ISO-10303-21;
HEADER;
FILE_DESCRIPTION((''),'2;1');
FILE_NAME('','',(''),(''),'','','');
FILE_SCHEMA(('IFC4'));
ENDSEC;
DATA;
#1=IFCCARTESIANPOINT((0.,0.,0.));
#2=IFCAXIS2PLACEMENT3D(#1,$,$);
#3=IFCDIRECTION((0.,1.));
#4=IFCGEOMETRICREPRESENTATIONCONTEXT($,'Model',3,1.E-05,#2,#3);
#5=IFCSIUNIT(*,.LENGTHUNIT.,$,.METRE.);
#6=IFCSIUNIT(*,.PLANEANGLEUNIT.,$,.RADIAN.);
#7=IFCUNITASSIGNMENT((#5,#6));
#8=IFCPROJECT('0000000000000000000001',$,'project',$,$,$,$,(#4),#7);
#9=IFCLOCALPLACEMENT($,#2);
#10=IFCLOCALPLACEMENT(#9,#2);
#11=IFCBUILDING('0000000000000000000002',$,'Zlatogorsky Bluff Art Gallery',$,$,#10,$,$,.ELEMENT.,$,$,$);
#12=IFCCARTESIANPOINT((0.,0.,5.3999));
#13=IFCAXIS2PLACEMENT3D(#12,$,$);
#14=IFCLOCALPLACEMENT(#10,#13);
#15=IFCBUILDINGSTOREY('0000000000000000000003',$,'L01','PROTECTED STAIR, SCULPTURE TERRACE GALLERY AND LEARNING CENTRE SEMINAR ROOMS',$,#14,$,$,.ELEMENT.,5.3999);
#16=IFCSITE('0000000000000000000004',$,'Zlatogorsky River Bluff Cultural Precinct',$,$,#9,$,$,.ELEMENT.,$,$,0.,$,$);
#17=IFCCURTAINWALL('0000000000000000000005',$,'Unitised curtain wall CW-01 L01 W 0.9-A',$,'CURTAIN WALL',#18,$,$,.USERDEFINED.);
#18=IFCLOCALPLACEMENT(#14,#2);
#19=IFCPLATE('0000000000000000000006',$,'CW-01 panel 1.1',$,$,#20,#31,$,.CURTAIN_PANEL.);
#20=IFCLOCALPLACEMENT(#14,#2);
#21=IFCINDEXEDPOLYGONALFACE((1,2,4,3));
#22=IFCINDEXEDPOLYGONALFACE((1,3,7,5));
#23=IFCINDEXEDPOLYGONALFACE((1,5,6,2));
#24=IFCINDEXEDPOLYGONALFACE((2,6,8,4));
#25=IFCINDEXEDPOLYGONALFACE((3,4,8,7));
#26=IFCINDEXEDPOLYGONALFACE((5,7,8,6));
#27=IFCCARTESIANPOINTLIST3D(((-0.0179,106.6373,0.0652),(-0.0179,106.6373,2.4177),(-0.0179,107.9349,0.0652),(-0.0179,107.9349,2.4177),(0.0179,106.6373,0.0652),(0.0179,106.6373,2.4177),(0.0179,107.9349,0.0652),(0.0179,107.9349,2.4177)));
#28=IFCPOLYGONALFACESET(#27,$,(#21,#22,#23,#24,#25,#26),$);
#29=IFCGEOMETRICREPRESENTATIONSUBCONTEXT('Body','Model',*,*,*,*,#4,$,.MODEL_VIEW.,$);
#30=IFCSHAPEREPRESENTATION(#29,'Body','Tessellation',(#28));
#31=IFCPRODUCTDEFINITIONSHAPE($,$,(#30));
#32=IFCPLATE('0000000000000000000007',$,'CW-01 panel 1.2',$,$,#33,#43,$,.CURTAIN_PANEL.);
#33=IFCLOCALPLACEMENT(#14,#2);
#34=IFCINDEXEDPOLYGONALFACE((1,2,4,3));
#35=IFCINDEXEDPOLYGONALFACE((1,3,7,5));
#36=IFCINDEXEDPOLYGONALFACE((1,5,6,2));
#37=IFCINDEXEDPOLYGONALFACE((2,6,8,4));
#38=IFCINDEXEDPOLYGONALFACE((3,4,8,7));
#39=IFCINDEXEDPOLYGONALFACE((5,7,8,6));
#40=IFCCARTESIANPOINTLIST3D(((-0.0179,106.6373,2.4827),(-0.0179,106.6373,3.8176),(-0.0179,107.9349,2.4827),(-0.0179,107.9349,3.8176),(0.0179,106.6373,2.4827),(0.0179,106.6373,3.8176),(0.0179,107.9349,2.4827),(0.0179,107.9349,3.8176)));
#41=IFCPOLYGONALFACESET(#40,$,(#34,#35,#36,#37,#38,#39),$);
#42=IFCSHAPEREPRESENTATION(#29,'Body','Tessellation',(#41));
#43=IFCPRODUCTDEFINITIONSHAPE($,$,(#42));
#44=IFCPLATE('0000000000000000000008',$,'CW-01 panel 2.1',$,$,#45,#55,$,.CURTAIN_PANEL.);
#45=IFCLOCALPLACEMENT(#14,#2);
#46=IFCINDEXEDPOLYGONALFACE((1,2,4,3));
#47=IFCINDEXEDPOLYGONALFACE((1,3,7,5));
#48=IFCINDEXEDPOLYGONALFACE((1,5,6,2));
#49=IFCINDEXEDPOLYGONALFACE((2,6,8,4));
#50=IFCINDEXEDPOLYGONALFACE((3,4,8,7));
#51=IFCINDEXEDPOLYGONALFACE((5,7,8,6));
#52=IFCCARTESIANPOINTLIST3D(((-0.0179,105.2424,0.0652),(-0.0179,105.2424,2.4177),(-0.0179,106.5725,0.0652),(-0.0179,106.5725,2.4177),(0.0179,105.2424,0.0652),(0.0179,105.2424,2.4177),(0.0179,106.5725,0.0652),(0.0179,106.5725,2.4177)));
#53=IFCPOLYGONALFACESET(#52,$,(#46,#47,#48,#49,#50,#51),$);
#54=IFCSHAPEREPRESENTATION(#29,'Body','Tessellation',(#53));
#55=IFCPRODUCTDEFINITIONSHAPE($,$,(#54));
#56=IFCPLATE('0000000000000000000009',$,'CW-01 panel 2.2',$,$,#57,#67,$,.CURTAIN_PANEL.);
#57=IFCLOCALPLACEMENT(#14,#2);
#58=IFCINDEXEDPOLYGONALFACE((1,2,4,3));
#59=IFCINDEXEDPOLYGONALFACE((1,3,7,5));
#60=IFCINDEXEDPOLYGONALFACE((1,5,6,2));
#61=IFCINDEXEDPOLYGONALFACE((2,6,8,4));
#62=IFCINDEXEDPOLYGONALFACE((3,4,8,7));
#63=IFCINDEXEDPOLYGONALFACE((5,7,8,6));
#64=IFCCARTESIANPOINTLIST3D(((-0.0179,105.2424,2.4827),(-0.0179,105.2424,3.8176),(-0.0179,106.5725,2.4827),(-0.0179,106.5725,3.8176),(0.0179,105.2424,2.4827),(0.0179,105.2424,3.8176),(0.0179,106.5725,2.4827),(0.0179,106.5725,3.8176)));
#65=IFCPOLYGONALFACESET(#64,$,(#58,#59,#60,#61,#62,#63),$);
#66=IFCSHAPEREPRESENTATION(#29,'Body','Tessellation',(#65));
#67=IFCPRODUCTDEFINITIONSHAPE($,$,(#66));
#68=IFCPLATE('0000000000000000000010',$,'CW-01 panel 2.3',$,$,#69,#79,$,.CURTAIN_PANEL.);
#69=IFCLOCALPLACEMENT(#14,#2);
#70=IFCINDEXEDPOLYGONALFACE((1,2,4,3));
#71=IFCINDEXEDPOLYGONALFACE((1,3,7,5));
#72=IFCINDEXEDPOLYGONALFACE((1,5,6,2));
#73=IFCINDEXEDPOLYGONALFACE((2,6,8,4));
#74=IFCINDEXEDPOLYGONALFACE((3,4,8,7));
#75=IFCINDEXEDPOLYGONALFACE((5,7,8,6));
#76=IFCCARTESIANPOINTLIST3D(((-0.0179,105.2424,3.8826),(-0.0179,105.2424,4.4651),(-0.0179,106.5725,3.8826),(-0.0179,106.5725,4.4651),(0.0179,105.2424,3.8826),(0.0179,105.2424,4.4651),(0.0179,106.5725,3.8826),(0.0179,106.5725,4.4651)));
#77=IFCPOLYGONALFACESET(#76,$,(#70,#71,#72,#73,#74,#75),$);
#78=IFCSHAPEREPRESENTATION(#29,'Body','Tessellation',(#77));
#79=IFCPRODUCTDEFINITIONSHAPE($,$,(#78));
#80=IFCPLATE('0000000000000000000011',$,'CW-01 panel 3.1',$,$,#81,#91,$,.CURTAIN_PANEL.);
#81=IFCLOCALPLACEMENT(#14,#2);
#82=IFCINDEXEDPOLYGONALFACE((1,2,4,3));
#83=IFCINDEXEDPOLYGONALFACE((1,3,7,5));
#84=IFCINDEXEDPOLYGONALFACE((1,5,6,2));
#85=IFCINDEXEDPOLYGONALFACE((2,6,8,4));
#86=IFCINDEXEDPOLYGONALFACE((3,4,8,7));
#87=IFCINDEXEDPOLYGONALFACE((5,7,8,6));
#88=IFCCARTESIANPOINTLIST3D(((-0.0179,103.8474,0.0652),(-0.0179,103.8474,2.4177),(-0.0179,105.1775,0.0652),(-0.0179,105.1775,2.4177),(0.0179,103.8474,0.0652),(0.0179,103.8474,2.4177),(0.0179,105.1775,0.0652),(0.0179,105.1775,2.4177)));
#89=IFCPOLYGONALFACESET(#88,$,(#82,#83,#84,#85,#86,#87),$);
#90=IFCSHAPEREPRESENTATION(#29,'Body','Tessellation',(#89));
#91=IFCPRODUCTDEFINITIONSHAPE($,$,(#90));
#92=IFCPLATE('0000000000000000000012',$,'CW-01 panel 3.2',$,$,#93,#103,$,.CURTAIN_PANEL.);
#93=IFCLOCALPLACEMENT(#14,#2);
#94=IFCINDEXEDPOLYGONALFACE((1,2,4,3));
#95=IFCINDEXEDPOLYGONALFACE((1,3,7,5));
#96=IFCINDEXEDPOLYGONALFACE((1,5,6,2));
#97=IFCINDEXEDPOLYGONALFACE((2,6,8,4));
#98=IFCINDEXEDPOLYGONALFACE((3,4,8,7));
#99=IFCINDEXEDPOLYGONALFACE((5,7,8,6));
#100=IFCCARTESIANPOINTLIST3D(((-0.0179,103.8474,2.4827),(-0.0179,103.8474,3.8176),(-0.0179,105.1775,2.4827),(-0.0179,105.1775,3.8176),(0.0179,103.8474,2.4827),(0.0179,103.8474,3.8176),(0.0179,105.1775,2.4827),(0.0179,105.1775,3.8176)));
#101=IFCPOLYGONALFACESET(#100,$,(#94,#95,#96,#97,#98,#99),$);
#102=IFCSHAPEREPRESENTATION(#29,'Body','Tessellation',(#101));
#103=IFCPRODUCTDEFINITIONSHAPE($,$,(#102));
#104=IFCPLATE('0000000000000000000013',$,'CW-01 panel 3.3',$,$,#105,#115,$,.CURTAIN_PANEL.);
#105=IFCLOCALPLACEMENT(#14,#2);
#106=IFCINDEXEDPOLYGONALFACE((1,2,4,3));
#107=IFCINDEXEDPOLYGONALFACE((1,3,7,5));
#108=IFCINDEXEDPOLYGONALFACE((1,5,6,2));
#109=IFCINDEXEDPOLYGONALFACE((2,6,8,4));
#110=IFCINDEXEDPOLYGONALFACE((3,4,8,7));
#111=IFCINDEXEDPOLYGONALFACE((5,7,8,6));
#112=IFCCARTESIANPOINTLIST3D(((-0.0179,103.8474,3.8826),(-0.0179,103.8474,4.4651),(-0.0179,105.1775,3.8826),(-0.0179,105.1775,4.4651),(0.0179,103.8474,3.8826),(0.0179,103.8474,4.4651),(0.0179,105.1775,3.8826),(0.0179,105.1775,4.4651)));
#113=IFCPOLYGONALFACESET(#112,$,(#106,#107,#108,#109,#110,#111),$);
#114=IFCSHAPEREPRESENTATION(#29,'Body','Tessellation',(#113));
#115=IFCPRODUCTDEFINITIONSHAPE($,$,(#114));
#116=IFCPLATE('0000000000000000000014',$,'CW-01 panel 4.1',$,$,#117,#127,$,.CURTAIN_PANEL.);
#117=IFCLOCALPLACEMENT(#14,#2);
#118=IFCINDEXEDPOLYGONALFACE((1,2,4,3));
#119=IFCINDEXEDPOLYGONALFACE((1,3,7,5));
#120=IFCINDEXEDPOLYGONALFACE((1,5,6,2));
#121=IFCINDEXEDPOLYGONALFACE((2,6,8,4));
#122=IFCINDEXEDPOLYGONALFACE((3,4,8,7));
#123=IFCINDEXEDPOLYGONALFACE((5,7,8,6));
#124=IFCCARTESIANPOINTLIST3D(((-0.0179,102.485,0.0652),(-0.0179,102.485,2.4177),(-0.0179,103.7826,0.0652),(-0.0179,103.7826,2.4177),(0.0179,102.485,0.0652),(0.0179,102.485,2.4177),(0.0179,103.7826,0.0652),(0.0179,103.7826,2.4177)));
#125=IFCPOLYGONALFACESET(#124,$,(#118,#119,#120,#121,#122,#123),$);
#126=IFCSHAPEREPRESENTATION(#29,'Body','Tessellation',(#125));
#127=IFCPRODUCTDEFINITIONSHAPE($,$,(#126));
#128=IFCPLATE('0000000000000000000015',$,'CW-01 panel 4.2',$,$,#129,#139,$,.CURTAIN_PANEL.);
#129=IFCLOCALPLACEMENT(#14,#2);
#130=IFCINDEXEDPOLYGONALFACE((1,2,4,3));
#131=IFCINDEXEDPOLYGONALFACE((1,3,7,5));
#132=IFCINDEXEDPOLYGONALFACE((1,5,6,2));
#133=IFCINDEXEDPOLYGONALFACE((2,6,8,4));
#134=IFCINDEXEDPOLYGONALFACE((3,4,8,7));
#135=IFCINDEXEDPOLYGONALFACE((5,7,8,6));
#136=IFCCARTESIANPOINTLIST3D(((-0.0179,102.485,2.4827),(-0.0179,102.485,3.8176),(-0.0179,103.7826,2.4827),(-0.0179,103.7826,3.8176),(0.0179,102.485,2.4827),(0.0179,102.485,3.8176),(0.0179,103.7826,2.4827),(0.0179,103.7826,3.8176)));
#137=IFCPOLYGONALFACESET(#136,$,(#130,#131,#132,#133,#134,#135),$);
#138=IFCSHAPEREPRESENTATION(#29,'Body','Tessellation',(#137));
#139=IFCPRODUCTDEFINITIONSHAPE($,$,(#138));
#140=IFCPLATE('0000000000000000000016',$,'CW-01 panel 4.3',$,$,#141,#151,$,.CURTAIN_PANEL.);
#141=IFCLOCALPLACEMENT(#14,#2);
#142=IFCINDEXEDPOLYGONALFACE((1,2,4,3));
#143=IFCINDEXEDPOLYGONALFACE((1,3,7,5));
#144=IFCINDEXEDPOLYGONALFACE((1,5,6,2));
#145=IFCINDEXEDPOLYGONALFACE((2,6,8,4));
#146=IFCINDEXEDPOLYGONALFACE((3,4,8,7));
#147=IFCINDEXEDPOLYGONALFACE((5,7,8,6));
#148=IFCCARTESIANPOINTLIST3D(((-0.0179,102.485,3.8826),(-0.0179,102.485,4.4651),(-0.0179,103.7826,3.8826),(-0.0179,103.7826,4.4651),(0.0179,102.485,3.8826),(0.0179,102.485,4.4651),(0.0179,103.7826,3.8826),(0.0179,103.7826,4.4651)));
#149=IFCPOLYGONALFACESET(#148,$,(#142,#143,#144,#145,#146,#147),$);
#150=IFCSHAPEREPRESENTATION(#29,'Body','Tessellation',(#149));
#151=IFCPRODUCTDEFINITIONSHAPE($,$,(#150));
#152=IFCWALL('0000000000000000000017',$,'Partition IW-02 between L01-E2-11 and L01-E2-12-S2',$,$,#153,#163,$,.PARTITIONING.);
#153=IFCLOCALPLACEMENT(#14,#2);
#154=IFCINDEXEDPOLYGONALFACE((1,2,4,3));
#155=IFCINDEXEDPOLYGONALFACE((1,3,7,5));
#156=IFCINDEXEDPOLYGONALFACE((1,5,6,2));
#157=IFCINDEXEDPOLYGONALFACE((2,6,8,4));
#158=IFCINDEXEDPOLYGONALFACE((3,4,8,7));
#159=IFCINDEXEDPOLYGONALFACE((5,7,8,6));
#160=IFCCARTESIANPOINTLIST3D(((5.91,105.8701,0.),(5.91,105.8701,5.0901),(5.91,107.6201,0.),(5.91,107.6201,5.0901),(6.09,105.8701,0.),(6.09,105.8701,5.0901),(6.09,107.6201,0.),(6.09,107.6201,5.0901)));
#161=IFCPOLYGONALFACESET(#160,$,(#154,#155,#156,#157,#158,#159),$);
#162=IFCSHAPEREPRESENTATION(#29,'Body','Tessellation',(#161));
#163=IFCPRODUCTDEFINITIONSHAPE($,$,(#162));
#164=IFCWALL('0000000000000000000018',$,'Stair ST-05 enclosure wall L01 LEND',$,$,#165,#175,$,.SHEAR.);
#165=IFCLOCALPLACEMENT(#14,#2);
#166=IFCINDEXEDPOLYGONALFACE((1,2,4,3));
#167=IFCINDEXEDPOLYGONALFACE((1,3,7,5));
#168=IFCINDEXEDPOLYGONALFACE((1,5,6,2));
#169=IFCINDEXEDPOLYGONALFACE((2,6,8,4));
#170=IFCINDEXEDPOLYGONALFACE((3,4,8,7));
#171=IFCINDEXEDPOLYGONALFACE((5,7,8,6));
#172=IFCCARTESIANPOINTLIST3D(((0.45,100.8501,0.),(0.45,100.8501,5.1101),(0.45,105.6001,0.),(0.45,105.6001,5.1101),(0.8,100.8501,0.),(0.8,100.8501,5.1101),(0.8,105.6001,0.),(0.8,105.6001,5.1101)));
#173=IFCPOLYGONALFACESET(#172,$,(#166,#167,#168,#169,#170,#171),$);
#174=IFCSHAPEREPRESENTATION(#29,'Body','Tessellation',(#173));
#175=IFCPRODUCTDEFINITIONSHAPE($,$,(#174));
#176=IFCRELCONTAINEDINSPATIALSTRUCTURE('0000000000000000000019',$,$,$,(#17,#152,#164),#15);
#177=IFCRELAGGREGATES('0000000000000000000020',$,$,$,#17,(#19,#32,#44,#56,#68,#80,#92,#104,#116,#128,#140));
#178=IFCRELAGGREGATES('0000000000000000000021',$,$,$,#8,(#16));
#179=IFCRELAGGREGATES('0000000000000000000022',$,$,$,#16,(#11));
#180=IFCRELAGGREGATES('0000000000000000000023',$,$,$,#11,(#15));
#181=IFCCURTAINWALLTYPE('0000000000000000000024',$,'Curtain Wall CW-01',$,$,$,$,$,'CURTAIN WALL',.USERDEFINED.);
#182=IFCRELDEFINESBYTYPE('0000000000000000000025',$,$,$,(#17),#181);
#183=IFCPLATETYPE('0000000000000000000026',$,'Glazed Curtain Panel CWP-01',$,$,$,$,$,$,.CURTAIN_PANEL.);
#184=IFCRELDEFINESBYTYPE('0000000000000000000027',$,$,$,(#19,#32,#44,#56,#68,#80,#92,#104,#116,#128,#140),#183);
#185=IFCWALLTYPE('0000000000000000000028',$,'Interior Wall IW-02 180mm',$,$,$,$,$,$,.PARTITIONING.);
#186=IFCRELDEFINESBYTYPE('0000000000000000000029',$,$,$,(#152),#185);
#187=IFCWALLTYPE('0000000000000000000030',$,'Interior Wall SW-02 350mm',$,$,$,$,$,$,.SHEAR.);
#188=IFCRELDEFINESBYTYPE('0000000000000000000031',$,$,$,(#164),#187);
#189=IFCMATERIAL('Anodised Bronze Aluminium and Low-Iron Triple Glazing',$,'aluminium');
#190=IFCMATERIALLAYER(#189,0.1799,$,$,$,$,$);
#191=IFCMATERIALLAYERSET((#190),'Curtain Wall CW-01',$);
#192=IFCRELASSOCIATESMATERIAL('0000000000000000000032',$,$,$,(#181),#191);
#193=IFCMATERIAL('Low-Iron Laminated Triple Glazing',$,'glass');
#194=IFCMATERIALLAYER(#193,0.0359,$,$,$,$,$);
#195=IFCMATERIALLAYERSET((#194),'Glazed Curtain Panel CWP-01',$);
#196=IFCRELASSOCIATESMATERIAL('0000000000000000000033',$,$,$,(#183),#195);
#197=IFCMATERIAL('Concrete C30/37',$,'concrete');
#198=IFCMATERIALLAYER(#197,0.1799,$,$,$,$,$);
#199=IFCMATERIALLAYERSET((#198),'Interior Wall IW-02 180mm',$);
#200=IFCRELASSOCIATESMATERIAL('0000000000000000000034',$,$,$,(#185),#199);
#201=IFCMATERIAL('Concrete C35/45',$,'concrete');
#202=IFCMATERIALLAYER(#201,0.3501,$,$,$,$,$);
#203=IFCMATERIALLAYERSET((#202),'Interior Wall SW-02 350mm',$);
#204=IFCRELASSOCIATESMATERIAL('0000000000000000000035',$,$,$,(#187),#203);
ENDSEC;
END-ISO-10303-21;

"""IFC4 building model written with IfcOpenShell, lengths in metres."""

from ifc_helpers import new_model, si_unit, direction, frame, frame_2d, origin, origin_2d, place, context, subcontext, project, spatial, rectangle, extrude, material, layer, layer_set, type_object, element, aggregate, save


model = new_model("IFC4")

# Units and contexts
model_context = context("Model", 3, precision=1e-05, world=origin(), true_north=direction((0.0, 1.0)))
body_context = subcontext(model_context, "Body", "Model", "MODEL_VIEW")
ifc_project = project(units=[si_unit("LENGTHUNIT", "METRE"), si_unit("PLANEANGLEUNIT", "RADIAN")], contexts=[model_context])

# Site, building, storey
site_placement = place(None, origin())
site = spatial("IfcSite", under=ifc_project, at=site_placement, Name="Zlatogorsky River Bluff Cultural Precinct", CompositionType="ELEMENT", RefElevation=0.0)
building_placement = place(site_placement, origin())
building = spatial("IfcBuilding", under=site, at=building_placement, Name="Zlatogorsky Bluff Art Gallery", CompositionType="ELEMENT")
storey_placement = place(building_placement, frame((0.0, 0.0, 5.3999)))
storey = spatial("IfcBuildingStorey", under=building, at=storey_placement, Name="L01", Description="PROTECTED STAIR, SCULPTURE TERRACE GALLERY AND LEARNING CENTRE SEMINAR ROOMS", CompositionType="ELEMENT", Elevation=5.3999)

# Curtain wall, plates
ifc_material_1 = material(Name="Anodised Bronze Aluminium and Low-Iron Triple Glazing", Category="aluminium")
ifc_layer_1 = layer(ifc_material_1, 0.1799)
ifc_layer_set_1 = layer_set([ifc_layer_1], Name="Curtain Wall CW-01")
curtain_wall_type = type_object("IfcCurtainWallType", Name="Curtain Wall CW-01", ElementType="CURTAIN WALL", PredefinedType="USERDEFINED", material=ifc_layer_set_1)
curtain_wall_placement = place(storey_placement, origin())
curtain_wall = element("IfcCurtainWall", 1, at=curtain_wall_placement, inside=storey, type_object=curtain_wall_type, Name="Unitised curtain wall CW-01 L01 W 0.9-A", ObjectType="CURTAIN WALL", PredefinedType="USERDEFINED")
ifc_material_2 = material(Name="Low-Iron Laminated Triple Glazing", Category="glass")
ifc_layer_2 = layer(ifc_material_2, 0.0359)
ifc_layer_set_2 = layer_set([ifc_layer_2], Name="Glazed Curtain Panel CWP-01")
plate_type = type_object("IfcPlateType", Name="Glazed Curtain Panel CWP-01", PredefinedType="CURTAIN_PANEL", material=ifc_layer_set_2)
plate_1_placement = place(storey_placement, frame((0.0, 107.2861, 0.0652), z_axis=(0.0, 0.0, 1.0), x_axis=(0.0, -1.0, 0.0)))
plate_1 = element("IfcPlate", 2, at=plate_1_placement, type_object=plate_type, Name="CW-01 panel 1.1", PredefinedType="CURTAIN_PANEL", context=body_context, shape_type="SweptSolid", body=[
    extrude(rectangle(XDim=1.2976, YDim=0.0359, at=origin_2d()), origin(), (0.0, 0.0, 1.0), 2.3525),
])
plate_2_placement = place(storey_placement, frame((0.0, 107.2861, 2.4827), z_axis=(0.0, 0.0, 1.0), x_axis=(0.0, -1.0, 0.0)))
plate_2 = element("IfcPlate", 3, at=plate_2_placement, type_object=plate_type, Name="CW-01 panel 1.2", PredefinedType="CURTAIN_PANEL", context=body_context, shape_type="SweptSolid", body=[
    extrude(rectangle(XDim=1.2976, YDim=0.0359, at=origin_2d()), origin(), (0.0, 0.0, 1.0), 1.335),
])
plate_3_placement = place(storey_placement, frame((0.0, 105.9075, 0.0652), z_axis=(0.0, 0.0, 1.0), x_axis=(0.0, -1.0, 0.0)))
plate_3 = element("IfcPlate", 4, at=plate_3_placement, type_object=plate_type, Name="CW-01 panel 2.1", PredefinedType="CURTAIN_PANEL", context=body_context, shape_type="SweptSolid", body=[
    extrude(rectangle(XDim=1.3301, YDim=0.0359, at=origin_2d()), origin(), (0.0, 0.0, 1.0), 2.3525),
])
plate_4_placement = place(storey_placement, frame((0.0, 105.9075, 2.4827), z_axis=(0.0, 0.0, 1.0), x_axis=(0.0, -1.0, 0.0)))
plate_4 = element("IfcPlate", 5, at=plate_4_placement, type_object=plate_type, Name="CW-01 panel 2.2", PredefinedType="CURTAIN_PANEL", context=body_context, shape_type="SweptSolid", body=[
    extrude(rectangle(XDim=1.3301, YDim=0.0359, at=origin_2d()), origin(), (0.0, 0.0, 1.0), 1.335),
])
plate_5_placement = place(storey_placement, frame((0.0, 105.9075, 3.8826), z_axis=(0.0, 0.0, 1.0), x_axis=(0.0, -1.0, 0.0)))
plate_5 = element("IfcPlate", 6, at=plate_5_placement, type_object=plate_type, Name="CW-01 panel 2.3", PredefinedType="CURTAIN_PANEL", context=body_context, shape_type="SweptSolid", body=[
    extrude(rectangle(XDim=1.3301, YDim=0.0359, at=origin_2d()), origin(), (0.0, 0.0, 1.0), 0.5825),
])
plate_6_placement = place(storey_placement, frame((0.0, 104.5125, 0.0652), z_axis=(0.0, 0.0, 1.0), x_axis=(0.0, -1.0, 0.0)))
plate_6 = element("IfcPlate", 7, at=plate_6_placement, type_object=plate_type, Name="CW-01 panel 3.1", PredefinedType="CURTAIN_PANEL", context=body_context, shape_type="SweptSolid", body=[
    extrude(rectangle(XDim=1.3301, YDim=0.0359, at=origin_2d()), origin(), (0.0, 0.0, 1.0), 2.3525),
])
plate_7_placement = place(storey_placement, frame((0.0, 104.5125, 2.4827), z_axis=(0.0, 0.0, 1.0), x_axis=(0.0, -1.0, 0.0)))
plate_7 = element("IfcPlate", 8, at=plate_7_placement, type_object=plate_type, Name="CW-01 panel 3.2", PredefinedType="CURTAIN_PANEL", context=body_context, shape_type="SweptSolid", body=[
    extrude(rectangle(XDim=1.3301, YDim=0.0359, at=origin_2d()), origin(), (0.0, 0.0, 1.0), 1.335),
])
plate_8_placement = place(storey_placement, frame((0.0, 104.5125, 3.8826), z_axis=(0.0, 0.0, 1.0), x_axis=(0.0, -1.0, 0.0)))
plate_8 = element("IfcPlate", 9, at=plate_8_placement, type_object=plate_type, Name="CW-01 panel 3.3", PredefinedType="CURTAIN_PANEL", context=body_context, shape_type="SweptSolid", body=[
    extrude(rectangle(XDim=1.3301, YDim=0.0359, at=origin_2d()), origin(), (0.0, 0.0, 1.0), 0.5825),
])
plate_9_placement = place(storey_placement, frame((0.0, 103.1338, 0.0652), z_axis=(0.0, 0.0, 1.0), x_axis=(0.0, -1.0, 0.0)))
plate_9 = element("IfcPlate", 10, at=plate_9_placement, type_object=plate_type, Name="CW-01 panel 4.1", PredefinedType="CURTAIN_PANEL", context=body_context, shape_type="SweptSolid", body=[
    extrude(rectangle(XDim=1.2976, YDim=0.0359, at=origin_2d()), origin(), (0.0, 0.0, 1.0), 2.3525),
])
plate_10_placement = place(storey_placement, frame((0.0, 103.1338, 2.4827), z_axis=(0.0, 0.0, 1.0), x_axis=(0.0, -1.0, 0.0)))
plate_10 = element("IfcPlate", 11, at=plate_10_placement, type_object=plate_type, Name="CW-01 panel 4.2", PredefinedType="CURTAIN_PANEL", context=body_context, shape_type="SweptSolid", body=[
    extrude(rectangle(XDim=1.2976, YDim=0.0359, at=origin_2d()), origin(), (0.0, 0.0, 1.0), 1.335),
])
plate_11_placement = place(storey_placement, frame((0.0, 103.1338, 3.8826), z_axis=(0.0, 0.0, 1.0), x_axis=(0.0, -1.0, 0.0)))
plate_11 = element("IfcPlate", 12, at=plate_11_placement, type_object=plate_type, Name="CW-01 panel 4.3", PredefinedType="CURTAIN_PANEL", context=body_context, shape_type="SweptSolid", body=[
    extrude(rectangle(XDim=1.2976, YDim=0.0359, at=origin_2d()), origin(), (0.0, 0.0, 1.0), 0.5825),
])
aggregate(curtain_wall, [plate_1, plate_2, plate_3, plate_4, plate_5, plate_6, plate_7, plate_8, plate_9, plate_10, plate_11])

# Walls
ifc_material_3 = material(Name="Concrete C30/37", Category="concrete")
ifc_layer_3 = layer(ifc_material_3, 0.1799)
ifc_layer_set_3 = layer_set([ifc_layer_3], Name="Interior Wall IW-02 180mm")
wall_type_1 = type_object("IfcWallType", Name="Interior Wall IW-02 180mm", PredefinedType="PARTITIONING", material=ifc_layer_set_3)
wall_1_placement = place(storey_placement, frame((6.0, 105.8701, 0.0), z_axis=(0.0, 0.0, 1.0), x_axis=(0.0, 1.0, 0.0)))
element("IfcWall", 13, at=wall_1_placement, inside=storey, type_object=wall_type_1, Name="Partition IW-02 between L01-E2-11 and L01-E2-12-S2", PredefinedType="PARTITIONING", context=body_context, shape_type="SweptSolid", body=[
    extrude(rectangle(XDim=1.75, YDim=0.1799, at=frame_2d((0.875, 0.0))), origin(), (0.0, 0.0, 1.0), 5.0901),
])
ifc_material_4 = material(Name="Concrete C35/45", Category="concrete")
ifc_layer_4 = layer(ifc_material_4, 0.3501)
ifc_layer_set_4 = layer_set([ifc_layer_4], Name="Interior Wall SW-02 350mm")
wall_type_2 = type_object("IfcWallType", Name="Interior Wall SW-02 350mm", PredefinedType="SHEAR", material=ifc_layer_set_4)
wall_2_placement = place(storey_placement, frame((0.625, 105.6001, 0.0), z_axis=(0.0, 0.0, 1.0), x_axis=(0.0, -1.0, 0.0)))
element("IfcWall", 14, at=wall_2_placement, inside=storey, type_object=wall_type_2, Name="Stair ST-05 enclosure wall L01 LEND", PredefinedType="SHEAR", context=body_context, shape_type="SweptSolid", body=[
    extrude(rectangle(XDim=4.75, YDim=0.3501, at=frame_2d((2.375, 0.0))), origin(), (0.0, 0.0, 1.0), 5.1101),
])

save(model, "model.ifc")
